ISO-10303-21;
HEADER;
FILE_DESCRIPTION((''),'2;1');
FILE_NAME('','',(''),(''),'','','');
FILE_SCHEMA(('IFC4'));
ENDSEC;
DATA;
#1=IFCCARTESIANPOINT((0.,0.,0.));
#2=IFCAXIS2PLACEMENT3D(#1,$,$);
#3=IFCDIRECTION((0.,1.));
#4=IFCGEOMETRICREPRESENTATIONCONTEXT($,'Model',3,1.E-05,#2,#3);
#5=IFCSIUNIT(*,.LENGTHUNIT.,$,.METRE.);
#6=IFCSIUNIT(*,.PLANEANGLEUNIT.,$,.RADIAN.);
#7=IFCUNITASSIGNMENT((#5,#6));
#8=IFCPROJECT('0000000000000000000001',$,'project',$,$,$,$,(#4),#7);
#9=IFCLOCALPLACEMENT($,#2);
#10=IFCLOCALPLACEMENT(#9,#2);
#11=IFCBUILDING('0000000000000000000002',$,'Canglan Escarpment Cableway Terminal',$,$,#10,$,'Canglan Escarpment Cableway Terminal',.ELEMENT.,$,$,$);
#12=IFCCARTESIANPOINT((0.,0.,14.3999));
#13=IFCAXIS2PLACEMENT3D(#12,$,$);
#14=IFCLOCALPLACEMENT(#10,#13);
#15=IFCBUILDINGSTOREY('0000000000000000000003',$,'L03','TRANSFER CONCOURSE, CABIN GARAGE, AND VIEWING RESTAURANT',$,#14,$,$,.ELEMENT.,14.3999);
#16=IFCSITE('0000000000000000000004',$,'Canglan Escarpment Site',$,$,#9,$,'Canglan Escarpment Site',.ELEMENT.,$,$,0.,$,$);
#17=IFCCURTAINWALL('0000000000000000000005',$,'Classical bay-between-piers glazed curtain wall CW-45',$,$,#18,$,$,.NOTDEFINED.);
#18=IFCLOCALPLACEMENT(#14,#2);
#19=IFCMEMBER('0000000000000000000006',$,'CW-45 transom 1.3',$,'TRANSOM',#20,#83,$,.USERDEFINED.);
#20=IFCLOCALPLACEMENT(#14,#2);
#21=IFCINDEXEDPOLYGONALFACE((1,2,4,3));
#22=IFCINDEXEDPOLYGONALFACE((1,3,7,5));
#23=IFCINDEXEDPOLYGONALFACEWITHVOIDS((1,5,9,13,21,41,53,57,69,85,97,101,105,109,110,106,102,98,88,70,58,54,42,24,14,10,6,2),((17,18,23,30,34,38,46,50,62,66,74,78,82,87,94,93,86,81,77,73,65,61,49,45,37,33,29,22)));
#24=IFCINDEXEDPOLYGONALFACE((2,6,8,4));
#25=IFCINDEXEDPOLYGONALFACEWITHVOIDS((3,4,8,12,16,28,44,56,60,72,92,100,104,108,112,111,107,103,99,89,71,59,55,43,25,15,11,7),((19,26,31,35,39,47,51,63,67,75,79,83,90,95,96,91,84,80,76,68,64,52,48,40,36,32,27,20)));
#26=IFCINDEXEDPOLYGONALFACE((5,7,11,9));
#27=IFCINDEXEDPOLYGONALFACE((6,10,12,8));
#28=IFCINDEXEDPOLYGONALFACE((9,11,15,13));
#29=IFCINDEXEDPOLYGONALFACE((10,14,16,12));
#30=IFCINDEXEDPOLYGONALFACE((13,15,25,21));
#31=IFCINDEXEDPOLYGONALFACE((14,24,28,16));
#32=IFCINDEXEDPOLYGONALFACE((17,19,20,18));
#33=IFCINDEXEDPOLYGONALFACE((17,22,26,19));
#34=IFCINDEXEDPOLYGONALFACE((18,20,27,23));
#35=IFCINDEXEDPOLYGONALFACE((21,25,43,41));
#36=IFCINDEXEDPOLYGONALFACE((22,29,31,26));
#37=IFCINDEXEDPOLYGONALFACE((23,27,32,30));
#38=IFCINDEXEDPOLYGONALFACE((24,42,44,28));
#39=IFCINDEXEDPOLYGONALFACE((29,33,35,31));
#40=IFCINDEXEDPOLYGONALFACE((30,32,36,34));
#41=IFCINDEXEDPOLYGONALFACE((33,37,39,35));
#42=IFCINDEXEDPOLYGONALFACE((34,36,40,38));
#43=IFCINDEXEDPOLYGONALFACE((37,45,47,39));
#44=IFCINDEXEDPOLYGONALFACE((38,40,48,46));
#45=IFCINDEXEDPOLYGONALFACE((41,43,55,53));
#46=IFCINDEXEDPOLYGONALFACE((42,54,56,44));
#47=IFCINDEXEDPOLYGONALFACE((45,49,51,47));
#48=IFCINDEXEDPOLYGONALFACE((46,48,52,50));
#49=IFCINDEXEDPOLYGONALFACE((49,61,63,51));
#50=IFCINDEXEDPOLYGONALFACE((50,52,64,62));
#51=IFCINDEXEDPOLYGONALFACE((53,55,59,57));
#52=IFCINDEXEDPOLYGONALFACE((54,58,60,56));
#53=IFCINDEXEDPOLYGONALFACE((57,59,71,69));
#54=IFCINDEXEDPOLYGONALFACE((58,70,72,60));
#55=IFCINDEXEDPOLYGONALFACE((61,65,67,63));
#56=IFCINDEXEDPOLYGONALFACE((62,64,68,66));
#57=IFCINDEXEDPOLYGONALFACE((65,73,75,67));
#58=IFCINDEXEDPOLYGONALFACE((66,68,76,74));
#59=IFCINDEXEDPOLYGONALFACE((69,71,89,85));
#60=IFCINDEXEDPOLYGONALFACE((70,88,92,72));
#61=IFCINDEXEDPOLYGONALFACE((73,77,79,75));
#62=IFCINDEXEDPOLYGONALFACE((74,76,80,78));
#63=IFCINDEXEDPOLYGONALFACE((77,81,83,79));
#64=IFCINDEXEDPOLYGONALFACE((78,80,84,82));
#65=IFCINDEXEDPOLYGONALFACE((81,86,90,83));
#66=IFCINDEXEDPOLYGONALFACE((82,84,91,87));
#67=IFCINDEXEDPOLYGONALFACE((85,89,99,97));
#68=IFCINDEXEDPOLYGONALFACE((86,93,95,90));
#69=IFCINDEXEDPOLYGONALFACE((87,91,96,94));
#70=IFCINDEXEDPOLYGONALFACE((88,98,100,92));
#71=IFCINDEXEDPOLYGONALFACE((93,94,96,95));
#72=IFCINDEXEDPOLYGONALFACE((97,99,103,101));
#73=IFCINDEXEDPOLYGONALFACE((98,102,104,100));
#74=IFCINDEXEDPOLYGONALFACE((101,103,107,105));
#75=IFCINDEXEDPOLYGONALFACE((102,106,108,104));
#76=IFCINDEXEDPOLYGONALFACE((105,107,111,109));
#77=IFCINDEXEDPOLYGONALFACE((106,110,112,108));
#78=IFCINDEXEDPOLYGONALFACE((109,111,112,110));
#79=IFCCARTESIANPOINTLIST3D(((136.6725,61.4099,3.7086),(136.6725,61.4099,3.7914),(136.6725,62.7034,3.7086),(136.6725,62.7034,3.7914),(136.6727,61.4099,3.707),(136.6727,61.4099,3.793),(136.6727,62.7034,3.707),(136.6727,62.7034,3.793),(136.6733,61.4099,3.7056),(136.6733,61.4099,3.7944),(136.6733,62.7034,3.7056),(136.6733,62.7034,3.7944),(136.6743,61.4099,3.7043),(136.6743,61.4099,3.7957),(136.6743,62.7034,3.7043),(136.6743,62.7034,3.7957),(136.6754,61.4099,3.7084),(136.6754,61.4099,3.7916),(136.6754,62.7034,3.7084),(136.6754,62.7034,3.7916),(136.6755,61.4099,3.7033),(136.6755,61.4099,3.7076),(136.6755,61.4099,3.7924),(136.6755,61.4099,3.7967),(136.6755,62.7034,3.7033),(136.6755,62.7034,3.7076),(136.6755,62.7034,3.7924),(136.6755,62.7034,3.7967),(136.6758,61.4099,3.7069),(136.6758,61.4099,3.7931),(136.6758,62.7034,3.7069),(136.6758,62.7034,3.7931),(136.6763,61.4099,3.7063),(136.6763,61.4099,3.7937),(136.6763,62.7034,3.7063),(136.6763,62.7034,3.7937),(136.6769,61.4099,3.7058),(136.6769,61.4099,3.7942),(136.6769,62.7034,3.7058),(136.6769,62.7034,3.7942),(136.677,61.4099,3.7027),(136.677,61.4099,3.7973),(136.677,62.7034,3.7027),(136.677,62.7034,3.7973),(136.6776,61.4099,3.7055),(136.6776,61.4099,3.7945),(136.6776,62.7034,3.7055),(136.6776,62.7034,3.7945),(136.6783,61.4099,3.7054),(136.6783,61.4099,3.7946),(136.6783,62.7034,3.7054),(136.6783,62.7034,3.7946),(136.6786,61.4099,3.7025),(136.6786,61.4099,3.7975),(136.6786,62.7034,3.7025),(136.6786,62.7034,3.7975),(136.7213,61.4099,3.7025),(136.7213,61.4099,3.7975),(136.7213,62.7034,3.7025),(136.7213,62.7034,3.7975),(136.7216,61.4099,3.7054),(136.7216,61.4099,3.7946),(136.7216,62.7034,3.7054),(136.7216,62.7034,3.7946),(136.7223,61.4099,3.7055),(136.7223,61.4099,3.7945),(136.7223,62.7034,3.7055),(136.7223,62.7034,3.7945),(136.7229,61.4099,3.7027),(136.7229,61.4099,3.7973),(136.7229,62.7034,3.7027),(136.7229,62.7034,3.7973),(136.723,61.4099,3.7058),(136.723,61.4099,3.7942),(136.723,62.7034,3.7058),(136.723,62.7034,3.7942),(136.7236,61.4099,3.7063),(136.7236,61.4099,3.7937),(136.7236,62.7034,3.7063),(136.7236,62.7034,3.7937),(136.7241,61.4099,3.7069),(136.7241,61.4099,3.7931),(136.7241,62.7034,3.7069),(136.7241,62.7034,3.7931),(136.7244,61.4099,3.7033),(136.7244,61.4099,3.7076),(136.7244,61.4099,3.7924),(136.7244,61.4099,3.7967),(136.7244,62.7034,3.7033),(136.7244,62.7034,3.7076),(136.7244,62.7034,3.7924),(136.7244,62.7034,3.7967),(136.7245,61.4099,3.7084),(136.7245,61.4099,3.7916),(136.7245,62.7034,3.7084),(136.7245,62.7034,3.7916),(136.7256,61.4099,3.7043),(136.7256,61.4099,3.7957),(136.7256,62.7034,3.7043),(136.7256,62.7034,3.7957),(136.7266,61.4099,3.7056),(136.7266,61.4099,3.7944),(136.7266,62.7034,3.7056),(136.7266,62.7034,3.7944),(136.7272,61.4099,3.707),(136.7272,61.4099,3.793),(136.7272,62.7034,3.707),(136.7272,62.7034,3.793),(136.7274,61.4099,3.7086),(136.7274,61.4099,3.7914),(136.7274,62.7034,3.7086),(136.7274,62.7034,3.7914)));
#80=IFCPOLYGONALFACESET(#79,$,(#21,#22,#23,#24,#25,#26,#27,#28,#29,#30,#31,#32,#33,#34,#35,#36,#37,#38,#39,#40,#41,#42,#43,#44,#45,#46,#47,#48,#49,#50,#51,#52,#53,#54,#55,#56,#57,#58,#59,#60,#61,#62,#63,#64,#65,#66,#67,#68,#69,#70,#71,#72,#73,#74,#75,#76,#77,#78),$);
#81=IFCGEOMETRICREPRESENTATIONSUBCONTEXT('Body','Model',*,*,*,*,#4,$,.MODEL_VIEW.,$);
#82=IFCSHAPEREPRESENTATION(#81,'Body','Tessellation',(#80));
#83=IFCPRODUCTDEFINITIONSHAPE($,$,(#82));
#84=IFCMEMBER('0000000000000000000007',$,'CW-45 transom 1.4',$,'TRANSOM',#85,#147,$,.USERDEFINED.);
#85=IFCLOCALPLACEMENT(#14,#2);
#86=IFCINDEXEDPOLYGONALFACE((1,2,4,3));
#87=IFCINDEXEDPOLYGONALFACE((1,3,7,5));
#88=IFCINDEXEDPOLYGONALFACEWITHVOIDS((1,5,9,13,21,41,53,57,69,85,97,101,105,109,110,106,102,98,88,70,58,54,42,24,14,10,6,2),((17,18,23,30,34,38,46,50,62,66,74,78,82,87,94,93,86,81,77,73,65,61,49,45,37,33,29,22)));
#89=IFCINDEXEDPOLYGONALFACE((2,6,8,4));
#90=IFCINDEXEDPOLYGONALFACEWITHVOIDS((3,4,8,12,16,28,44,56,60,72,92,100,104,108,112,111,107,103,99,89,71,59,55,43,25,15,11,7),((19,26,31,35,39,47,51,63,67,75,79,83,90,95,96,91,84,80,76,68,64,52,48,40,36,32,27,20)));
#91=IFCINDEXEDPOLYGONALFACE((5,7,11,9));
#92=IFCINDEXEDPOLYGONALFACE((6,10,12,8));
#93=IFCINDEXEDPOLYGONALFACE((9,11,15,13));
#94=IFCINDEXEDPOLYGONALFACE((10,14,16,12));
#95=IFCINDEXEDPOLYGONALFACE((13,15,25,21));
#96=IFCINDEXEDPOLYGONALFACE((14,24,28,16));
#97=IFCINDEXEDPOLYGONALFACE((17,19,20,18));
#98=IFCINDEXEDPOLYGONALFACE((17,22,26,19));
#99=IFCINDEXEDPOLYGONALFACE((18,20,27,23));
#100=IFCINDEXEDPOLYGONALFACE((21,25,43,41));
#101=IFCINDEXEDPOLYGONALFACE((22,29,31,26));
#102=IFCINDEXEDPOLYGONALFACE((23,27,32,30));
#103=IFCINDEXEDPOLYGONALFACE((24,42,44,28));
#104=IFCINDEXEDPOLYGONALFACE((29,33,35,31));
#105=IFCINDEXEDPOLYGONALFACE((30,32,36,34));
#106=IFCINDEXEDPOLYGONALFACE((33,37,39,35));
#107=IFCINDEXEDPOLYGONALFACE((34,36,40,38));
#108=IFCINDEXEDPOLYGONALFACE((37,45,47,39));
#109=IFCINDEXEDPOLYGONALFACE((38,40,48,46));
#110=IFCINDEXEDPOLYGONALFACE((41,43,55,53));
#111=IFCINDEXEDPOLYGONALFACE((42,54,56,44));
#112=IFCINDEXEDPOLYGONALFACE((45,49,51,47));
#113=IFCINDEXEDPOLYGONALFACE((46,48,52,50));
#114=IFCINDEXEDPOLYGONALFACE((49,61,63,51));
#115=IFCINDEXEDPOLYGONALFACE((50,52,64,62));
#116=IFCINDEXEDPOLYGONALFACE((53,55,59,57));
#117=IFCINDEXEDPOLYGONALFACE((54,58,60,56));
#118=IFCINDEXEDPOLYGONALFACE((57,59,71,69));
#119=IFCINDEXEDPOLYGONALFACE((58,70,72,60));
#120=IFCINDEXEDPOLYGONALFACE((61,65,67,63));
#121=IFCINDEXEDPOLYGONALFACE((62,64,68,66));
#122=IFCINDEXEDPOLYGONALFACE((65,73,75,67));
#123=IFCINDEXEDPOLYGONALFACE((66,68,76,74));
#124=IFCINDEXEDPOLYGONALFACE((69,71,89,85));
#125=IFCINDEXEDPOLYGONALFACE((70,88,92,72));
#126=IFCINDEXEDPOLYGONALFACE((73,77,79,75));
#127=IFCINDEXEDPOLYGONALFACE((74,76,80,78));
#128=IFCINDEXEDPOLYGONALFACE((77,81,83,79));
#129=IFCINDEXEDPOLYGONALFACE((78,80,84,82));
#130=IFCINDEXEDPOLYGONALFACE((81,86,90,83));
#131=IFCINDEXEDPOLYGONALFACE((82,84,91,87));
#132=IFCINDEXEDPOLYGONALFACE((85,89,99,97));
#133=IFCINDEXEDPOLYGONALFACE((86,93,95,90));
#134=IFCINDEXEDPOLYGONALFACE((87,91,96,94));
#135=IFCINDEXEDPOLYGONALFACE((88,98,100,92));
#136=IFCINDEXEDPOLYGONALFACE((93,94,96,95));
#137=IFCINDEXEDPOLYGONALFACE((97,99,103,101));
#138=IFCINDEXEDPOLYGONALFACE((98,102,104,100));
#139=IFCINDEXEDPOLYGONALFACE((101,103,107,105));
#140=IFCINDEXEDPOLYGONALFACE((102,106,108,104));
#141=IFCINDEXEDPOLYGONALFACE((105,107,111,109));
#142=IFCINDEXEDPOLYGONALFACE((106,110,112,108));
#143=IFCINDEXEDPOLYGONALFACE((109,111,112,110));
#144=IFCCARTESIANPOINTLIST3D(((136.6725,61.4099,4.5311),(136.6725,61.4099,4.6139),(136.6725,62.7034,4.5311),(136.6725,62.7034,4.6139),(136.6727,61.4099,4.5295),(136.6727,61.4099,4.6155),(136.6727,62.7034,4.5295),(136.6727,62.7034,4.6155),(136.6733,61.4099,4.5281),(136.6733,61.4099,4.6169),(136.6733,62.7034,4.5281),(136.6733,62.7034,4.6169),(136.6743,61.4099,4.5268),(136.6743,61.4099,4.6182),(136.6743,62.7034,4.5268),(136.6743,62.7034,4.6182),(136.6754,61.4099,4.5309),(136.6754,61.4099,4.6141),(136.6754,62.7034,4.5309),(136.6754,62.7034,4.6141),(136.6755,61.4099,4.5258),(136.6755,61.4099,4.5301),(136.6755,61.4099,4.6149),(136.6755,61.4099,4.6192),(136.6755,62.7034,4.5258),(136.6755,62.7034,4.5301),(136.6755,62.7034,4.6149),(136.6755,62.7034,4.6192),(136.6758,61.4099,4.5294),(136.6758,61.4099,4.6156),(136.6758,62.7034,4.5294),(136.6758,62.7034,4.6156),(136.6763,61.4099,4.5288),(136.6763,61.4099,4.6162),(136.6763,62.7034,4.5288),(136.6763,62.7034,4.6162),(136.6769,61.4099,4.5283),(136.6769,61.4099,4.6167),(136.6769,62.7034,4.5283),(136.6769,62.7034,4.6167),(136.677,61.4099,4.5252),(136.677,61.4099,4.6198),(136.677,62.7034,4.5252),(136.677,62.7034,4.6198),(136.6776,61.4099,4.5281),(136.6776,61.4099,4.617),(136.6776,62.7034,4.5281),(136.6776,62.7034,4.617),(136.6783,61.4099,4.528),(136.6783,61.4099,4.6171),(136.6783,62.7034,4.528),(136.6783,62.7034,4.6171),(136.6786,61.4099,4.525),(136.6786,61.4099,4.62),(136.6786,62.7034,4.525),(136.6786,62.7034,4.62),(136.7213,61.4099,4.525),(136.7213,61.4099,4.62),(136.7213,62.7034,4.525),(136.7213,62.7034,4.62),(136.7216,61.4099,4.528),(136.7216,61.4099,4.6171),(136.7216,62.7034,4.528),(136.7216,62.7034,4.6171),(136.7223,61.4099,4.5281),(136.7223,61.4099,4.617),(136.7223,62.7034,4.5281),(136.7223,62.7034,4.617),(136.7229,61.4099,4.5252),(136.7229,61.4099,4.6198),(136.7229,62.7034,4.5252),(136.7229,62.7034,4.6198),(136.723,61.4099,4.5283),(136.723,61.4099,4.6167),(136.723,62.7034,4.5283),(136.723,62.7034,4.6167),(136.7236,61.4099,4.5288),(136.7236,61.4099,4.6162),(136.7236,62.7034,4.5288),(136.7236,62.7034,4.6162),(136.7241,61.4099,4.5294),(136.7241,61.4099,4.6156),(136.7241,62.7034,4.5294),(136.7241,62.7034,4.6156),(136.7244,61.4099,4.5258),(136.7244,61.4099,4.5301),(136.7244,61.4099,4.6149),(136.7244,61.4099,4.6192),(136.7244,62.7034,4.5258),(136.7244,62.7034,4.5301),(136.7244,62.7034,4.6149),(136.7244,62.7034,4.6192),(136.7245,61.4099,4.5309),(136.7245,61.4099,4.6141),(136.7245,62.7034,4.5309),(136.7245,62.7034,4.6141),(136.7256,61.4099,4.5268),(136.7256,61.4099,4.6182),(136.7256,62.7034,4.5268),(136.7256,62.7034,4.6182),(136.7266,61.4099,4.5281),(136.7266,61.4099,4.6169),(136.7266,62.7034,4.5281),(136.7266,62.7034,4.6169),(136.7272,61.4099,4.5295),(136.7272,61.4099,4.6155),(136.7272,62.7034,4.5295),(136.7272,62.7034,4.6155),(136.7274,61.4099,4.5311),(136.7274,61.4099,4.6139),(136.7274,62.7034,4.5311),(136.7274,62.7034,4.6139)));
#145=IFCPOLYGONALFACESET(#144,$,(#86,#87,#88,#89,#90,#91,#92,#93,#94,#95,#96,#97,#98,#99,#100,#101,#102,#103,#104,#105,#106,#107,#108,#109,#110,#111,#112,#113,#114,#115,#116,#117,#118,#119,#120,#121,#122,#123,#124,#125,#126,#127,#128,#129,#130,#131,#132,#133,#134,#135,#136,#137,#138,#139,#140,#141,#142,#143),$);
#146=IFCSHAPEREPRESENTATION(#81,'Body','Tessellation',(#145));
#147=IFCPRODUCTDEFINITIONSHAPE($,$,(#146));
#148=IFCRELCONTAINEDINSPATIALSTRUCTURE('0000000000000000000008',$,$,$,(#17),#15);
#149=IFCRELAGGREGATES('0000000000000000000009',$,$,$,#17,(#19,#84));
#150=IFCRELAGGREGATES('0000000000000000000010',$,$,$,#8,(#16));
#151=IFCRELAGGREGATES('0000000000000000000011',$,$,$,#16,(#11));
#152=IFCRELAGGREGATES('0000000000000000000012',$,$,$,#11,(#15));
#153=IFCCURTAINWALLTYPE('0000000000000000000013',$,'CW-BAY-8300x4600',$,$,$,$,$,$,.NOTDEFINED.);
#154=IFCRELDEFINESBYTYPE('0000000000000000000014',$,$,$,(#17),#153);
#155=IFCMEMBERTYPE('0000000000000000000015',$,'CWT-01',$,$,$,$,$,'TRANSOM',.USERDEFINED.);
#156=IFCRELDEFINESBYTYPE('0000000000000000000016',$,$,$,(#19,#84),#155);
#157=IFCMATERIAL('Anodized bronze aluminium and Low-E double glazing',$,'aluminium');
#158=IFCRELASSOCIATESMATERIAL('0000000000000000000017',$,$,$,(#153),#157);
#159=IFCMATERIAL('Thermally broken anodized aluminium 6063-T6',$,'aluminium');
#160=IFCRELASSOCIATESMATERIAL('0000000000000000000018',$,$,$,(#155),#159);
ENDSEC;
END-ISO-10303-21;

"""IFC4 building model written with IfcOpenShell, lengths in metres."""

from ifc_helpers import new_model, si_unit, direction, frame, origin, origin_2d, place, context, subcontext, project, spatial, hollow_rectangle, extrude, material, material_profile, profile_set, type_object, element, aggregate, save


model = new_model("IFC4")

# Units and contexts
model_context = context("Model", 3, precision=1e-05, world=origin(), true_north=direction((0.0, 1.0)))
body_context = subcontext(model_context, "Body", "Model", "MODEL_VIEW")
ifc_project = project(units=[si_unit("LENGTHUNIT", "METRE"), si_unit("PLANEANGLEUNIT", "RADIAN")], contexts=[model_context])

# Site, building, storey
site_placement = place(None, origin())
site = spatial("IfcSite", under=ifc_project, at=site_placement, Name="Canglan Escarpment Site", LongName="Canglan Escarpment Site", CompositionType="ELEMENT", RefElevation=0.0)
building_placement = place(site_placement, origin())
building = spatial("IfcBuilding", under=site, at=building_placement, Name="Canglan Escarpment Cableway Terminal", LongName="Canglan Escarpment Cableway Terminal", CompositionType="ELEMENT")
storey_placement = place(building_placement, frame((0.0, 0.0, 14.3999)))
storey = spatial("IfcBuildingStorey", under=building, at=storey_placement, Name="L03", Description="TRANSFER CONCOURSE, CABIN GARAGE, AND VIEWING RESTAURANT", CompositionType="ELEMENT", Elevation=14.3999)

# Curtain wall, members
ifc_material_1 = material(Name="Anodized bronze aluminium and Low-E double glazing", Category="aluminium")
curtain_wall_type = type_object("IfcCurtainWallType", Name="CW-BAY-8300x4600", PredefinedType="NOTDEFINED", material=ifc_material_1)
curtain_wall_placement = place(storey_placement, origin())
curtain_wall = element("IfcCurtainWall", 1, at=curtain_wall_placement, inside=storey, type_object=curtain_wall_type, Name="Classical bay-between-piers glazed curtain wall CW-45", PredefinedType="NOTDEFINED")
ifc_material_2 = material(Name="Thermally broken anodized aluminium 6063-T6", Category="aluminium")
ifc_material_profile_1 = material_profile(ifc_material_2, hollow_rectangle(XDim=0.0549, YDim=0.095, WallThickness=0.0029, InnerFilletRadius=0.0029, OuterFilletRadius=0.0061, at=origin_2d()), Name="ALU-TRAN 55x95x3")
ifc_profile_set_1 = profile_set([ifc_material_profile_1], Name="Thermally broken anodized aluminium 6063-T6")
member_type_1 = type_object("IfcMemberType", Name="CWT-01", ElementType="TRANSOM", PredefinedType="USERDEFINED", material=ifc_profile_set_1)
member_1_placement = place(storey_placement, frame((136.7, 61.4099, 3.75), z_axis=(0.0, 1.0, 0.0), x_axis=(-1.0, 0.0, 0.0)))
member_1 = element("IfcMember", 2, at=member_1_placement, type_object=member_type_1, Name="CW-45 transom 1.3", ObjectType="TRANSOM", PredefinedType="USERDEFINED", context=body_context, shape_type="SweptSolid", body=[
    extrude(hollow_rectangle(XDim=0.0549, YDim=0.095, WallThickness=0.0029, InnerFilletRadius=0.0029, OuterFilletRadius=0.0061, at=origin_2d()), origin(), (0.0, 0.0, 1.0), 1.2935),
])
member_2_placement = place(storey_placement, frame((136.7, 61.4099, 4.5725), z_axis=(0.0, 1.0, 0.0), x_axis=(-1.0, 0.0, 0.0)))
member_2 = element("IfcMember", 3, at=member_2_placement, type_object=member_type_1, Name="CW-45 transom 1.4", ObjectType="TRANSOM", PredefinedType="USERDEFINED", context=body_context, shape_type="SweptSolid", body=[
    extrude(hollow_rectangle(XDim=0.0549, YDim=0.095, WallThickness=0.0029, InnerFilletRadius=0.0029, OuterFilletRadius=0.0061, at=origin_2d()), origin(), (0.0, 0.0, 1.0), 1.2935),
])

aggregate(curtain_wall, [member_1, member_2])

save(model, "model.ifc")
